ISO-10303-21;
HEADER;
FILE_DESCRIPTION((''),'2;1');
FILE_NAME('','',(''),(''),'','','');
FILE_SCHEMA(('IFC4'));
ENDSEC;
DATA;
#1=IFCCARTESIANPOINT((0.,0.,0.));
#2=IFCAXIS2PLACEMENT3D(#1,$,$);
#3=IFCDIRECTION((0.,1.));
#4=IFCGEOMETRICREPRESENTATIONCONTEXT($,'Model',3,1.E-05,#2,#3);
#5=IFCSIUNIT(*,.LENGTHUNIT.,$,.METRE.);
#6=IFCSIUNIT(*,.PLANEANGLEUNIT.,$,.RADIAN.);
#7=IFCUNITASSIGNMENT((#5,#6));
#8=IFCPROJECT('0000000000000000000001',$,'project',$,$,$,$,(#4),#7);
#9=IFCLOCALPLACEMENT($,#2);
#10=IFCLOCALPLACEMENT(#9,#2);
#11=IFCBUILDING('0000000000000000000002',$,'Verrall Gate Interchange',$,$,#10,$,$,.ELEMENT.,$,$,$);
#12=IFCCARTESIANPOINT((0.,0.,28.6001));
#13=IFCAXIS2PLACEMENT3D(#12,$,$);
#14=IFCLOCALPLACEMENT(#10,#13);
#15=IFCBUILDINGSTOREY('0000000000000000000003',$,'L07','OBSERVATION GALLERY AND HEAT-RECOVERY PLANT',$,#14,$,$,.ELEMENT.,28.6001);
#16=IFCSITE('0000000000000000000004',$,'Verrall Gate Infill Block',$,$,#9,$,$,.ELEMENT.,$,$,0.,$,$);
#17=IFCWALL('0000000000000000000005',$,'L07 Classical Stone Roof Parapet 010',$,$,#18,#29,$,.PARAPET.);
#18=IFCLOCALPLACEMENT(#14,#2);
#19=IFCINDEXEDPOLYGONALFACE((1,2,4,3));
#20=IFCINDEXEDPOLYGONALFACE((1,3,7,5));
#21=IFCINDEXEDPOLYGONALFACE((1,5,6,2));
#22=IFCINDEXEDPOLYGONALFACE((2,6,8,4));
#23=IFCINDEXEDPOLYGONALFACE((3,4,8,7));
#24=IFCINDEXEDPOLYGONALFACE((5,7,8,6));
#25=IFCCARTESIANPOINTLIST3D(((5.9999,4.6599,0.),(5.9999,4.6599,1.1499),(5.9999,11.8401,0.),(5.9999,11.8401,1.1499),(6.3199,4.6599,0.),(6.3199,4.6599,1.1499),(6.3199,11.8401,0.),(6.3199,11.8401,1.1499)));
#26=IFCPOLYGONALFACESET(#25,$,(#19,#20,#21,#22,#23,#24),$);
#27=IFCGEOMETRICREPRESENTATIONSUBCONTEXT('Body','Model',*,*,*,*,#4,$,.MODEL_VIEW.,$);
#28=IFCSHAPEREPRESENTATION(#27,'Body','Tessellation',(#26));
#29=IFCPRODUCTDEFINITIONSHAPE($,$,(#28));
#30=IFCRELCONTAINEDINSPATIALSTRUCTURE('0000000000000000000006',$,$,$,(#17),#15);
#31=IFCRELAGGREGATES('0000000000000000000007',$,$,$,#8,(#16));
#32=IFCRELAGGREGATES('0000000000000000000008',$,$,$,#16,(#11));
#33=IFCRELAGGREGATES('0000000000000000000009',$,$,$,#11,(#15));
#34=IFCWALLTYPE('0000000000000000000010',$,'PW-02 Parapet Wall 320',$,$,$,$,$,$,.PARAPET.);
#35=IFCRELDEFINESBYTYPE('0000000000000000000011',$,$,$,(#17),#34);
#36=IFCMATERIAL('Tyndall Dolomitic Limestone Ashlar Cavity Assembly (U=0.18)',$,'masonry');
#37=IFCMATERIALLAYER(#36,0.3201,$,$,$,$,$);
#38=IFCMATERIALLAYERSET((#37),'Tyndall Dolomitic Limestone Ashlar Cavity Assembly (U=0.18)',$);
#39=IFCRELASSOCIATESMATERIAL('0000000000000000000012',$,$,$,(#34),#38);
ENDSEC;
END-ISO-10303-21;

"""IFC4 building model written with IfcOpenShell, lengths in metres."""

from ifc_helpers import new_model, si_unit, direction, frame, frame_2d, origin, place, context, subcontext, project, spatial, rectangle, extrude, material, layer, layer_set, type_object, element, save


model = new_model("IFC4")

# Units and contexts
model_context = context("Model", 3, precision=1e-05, world=origin(), true_north=direction((0.0, 1.0)))
body_context = subcontext(model_context, "Body", "Model", "MODEL_VIEW")
ifc_project = project(units=[si_unit("LENGTHUNIT", "METRE"), si_unit("PLANEANGLEUNIT", "RADIAN")], contexts=[model_context])

# Site, building, storey
site_placement = place(None, origin())
site = spatial("IfcSite", under=ifc_project, at=site_placement, Name="Verrall Gate Infill Block", CompositionType="ELEMENT", RefElevation=0.0)
building_placement = place(site_placement, origin())
building = spatial("IfcBuilding", under=site, at=building_placement, Name="Verrall Gate Interchange", CompositionType="ELEMENT")
storey_placement = place(building_placement, frame((0.0, 0.0, 28.6001)))
storey = spatial("IfcBuildingStorey", under=building, at=storey_placement, Name="L07", Description="OBSERVATION GALLERY AND HEAT-RECOVERY PLANT", CompositionType="ELEMENT", Elevation=28.6001)

# Wall
ifc_material_1 = material(Name="Tyndall Dolomitic Limestone Ashlar Cavity Assembly (U=0.18)", Category="masonry")
ifc_layer_1 = layer(ifc_material_1, 0.3201)
ifc_layer_set_1 = layer_set([ifc_layer_1], Name="Tyndall Dolomitic Limestone Ashlar Cavity Assembly (U=0.18)")
wall_type = type_object("IfcWallType", Name="PW-02 Parapet Wall 320", PredefinedType="PARAPET", material=ifc_layer_set_1)
wall_1_placement = place(storey_placement, frame((6.1599, 4.6599, 0.0), z_axis=(0.0, 0.0, 1.0), x_axis=(0.0, 1.0, 0.0)))
element("IfcWall", 1, at=wall_1_placement, inside=storey, type_object=wall_type, Name="L07 Classical Stone Roof Parapet 010", PredefinedType="PARAPET", context=body_context, shape_type="SweptSolid", body=[
    extrude(rectangle(XDim=7.1802, YDim=0.3201, at=frame_2d((3.5901, 0.0))), origin(), (0.0, 0.0, 1.0), 1.1499),
])

save(model, "model.ifc")
